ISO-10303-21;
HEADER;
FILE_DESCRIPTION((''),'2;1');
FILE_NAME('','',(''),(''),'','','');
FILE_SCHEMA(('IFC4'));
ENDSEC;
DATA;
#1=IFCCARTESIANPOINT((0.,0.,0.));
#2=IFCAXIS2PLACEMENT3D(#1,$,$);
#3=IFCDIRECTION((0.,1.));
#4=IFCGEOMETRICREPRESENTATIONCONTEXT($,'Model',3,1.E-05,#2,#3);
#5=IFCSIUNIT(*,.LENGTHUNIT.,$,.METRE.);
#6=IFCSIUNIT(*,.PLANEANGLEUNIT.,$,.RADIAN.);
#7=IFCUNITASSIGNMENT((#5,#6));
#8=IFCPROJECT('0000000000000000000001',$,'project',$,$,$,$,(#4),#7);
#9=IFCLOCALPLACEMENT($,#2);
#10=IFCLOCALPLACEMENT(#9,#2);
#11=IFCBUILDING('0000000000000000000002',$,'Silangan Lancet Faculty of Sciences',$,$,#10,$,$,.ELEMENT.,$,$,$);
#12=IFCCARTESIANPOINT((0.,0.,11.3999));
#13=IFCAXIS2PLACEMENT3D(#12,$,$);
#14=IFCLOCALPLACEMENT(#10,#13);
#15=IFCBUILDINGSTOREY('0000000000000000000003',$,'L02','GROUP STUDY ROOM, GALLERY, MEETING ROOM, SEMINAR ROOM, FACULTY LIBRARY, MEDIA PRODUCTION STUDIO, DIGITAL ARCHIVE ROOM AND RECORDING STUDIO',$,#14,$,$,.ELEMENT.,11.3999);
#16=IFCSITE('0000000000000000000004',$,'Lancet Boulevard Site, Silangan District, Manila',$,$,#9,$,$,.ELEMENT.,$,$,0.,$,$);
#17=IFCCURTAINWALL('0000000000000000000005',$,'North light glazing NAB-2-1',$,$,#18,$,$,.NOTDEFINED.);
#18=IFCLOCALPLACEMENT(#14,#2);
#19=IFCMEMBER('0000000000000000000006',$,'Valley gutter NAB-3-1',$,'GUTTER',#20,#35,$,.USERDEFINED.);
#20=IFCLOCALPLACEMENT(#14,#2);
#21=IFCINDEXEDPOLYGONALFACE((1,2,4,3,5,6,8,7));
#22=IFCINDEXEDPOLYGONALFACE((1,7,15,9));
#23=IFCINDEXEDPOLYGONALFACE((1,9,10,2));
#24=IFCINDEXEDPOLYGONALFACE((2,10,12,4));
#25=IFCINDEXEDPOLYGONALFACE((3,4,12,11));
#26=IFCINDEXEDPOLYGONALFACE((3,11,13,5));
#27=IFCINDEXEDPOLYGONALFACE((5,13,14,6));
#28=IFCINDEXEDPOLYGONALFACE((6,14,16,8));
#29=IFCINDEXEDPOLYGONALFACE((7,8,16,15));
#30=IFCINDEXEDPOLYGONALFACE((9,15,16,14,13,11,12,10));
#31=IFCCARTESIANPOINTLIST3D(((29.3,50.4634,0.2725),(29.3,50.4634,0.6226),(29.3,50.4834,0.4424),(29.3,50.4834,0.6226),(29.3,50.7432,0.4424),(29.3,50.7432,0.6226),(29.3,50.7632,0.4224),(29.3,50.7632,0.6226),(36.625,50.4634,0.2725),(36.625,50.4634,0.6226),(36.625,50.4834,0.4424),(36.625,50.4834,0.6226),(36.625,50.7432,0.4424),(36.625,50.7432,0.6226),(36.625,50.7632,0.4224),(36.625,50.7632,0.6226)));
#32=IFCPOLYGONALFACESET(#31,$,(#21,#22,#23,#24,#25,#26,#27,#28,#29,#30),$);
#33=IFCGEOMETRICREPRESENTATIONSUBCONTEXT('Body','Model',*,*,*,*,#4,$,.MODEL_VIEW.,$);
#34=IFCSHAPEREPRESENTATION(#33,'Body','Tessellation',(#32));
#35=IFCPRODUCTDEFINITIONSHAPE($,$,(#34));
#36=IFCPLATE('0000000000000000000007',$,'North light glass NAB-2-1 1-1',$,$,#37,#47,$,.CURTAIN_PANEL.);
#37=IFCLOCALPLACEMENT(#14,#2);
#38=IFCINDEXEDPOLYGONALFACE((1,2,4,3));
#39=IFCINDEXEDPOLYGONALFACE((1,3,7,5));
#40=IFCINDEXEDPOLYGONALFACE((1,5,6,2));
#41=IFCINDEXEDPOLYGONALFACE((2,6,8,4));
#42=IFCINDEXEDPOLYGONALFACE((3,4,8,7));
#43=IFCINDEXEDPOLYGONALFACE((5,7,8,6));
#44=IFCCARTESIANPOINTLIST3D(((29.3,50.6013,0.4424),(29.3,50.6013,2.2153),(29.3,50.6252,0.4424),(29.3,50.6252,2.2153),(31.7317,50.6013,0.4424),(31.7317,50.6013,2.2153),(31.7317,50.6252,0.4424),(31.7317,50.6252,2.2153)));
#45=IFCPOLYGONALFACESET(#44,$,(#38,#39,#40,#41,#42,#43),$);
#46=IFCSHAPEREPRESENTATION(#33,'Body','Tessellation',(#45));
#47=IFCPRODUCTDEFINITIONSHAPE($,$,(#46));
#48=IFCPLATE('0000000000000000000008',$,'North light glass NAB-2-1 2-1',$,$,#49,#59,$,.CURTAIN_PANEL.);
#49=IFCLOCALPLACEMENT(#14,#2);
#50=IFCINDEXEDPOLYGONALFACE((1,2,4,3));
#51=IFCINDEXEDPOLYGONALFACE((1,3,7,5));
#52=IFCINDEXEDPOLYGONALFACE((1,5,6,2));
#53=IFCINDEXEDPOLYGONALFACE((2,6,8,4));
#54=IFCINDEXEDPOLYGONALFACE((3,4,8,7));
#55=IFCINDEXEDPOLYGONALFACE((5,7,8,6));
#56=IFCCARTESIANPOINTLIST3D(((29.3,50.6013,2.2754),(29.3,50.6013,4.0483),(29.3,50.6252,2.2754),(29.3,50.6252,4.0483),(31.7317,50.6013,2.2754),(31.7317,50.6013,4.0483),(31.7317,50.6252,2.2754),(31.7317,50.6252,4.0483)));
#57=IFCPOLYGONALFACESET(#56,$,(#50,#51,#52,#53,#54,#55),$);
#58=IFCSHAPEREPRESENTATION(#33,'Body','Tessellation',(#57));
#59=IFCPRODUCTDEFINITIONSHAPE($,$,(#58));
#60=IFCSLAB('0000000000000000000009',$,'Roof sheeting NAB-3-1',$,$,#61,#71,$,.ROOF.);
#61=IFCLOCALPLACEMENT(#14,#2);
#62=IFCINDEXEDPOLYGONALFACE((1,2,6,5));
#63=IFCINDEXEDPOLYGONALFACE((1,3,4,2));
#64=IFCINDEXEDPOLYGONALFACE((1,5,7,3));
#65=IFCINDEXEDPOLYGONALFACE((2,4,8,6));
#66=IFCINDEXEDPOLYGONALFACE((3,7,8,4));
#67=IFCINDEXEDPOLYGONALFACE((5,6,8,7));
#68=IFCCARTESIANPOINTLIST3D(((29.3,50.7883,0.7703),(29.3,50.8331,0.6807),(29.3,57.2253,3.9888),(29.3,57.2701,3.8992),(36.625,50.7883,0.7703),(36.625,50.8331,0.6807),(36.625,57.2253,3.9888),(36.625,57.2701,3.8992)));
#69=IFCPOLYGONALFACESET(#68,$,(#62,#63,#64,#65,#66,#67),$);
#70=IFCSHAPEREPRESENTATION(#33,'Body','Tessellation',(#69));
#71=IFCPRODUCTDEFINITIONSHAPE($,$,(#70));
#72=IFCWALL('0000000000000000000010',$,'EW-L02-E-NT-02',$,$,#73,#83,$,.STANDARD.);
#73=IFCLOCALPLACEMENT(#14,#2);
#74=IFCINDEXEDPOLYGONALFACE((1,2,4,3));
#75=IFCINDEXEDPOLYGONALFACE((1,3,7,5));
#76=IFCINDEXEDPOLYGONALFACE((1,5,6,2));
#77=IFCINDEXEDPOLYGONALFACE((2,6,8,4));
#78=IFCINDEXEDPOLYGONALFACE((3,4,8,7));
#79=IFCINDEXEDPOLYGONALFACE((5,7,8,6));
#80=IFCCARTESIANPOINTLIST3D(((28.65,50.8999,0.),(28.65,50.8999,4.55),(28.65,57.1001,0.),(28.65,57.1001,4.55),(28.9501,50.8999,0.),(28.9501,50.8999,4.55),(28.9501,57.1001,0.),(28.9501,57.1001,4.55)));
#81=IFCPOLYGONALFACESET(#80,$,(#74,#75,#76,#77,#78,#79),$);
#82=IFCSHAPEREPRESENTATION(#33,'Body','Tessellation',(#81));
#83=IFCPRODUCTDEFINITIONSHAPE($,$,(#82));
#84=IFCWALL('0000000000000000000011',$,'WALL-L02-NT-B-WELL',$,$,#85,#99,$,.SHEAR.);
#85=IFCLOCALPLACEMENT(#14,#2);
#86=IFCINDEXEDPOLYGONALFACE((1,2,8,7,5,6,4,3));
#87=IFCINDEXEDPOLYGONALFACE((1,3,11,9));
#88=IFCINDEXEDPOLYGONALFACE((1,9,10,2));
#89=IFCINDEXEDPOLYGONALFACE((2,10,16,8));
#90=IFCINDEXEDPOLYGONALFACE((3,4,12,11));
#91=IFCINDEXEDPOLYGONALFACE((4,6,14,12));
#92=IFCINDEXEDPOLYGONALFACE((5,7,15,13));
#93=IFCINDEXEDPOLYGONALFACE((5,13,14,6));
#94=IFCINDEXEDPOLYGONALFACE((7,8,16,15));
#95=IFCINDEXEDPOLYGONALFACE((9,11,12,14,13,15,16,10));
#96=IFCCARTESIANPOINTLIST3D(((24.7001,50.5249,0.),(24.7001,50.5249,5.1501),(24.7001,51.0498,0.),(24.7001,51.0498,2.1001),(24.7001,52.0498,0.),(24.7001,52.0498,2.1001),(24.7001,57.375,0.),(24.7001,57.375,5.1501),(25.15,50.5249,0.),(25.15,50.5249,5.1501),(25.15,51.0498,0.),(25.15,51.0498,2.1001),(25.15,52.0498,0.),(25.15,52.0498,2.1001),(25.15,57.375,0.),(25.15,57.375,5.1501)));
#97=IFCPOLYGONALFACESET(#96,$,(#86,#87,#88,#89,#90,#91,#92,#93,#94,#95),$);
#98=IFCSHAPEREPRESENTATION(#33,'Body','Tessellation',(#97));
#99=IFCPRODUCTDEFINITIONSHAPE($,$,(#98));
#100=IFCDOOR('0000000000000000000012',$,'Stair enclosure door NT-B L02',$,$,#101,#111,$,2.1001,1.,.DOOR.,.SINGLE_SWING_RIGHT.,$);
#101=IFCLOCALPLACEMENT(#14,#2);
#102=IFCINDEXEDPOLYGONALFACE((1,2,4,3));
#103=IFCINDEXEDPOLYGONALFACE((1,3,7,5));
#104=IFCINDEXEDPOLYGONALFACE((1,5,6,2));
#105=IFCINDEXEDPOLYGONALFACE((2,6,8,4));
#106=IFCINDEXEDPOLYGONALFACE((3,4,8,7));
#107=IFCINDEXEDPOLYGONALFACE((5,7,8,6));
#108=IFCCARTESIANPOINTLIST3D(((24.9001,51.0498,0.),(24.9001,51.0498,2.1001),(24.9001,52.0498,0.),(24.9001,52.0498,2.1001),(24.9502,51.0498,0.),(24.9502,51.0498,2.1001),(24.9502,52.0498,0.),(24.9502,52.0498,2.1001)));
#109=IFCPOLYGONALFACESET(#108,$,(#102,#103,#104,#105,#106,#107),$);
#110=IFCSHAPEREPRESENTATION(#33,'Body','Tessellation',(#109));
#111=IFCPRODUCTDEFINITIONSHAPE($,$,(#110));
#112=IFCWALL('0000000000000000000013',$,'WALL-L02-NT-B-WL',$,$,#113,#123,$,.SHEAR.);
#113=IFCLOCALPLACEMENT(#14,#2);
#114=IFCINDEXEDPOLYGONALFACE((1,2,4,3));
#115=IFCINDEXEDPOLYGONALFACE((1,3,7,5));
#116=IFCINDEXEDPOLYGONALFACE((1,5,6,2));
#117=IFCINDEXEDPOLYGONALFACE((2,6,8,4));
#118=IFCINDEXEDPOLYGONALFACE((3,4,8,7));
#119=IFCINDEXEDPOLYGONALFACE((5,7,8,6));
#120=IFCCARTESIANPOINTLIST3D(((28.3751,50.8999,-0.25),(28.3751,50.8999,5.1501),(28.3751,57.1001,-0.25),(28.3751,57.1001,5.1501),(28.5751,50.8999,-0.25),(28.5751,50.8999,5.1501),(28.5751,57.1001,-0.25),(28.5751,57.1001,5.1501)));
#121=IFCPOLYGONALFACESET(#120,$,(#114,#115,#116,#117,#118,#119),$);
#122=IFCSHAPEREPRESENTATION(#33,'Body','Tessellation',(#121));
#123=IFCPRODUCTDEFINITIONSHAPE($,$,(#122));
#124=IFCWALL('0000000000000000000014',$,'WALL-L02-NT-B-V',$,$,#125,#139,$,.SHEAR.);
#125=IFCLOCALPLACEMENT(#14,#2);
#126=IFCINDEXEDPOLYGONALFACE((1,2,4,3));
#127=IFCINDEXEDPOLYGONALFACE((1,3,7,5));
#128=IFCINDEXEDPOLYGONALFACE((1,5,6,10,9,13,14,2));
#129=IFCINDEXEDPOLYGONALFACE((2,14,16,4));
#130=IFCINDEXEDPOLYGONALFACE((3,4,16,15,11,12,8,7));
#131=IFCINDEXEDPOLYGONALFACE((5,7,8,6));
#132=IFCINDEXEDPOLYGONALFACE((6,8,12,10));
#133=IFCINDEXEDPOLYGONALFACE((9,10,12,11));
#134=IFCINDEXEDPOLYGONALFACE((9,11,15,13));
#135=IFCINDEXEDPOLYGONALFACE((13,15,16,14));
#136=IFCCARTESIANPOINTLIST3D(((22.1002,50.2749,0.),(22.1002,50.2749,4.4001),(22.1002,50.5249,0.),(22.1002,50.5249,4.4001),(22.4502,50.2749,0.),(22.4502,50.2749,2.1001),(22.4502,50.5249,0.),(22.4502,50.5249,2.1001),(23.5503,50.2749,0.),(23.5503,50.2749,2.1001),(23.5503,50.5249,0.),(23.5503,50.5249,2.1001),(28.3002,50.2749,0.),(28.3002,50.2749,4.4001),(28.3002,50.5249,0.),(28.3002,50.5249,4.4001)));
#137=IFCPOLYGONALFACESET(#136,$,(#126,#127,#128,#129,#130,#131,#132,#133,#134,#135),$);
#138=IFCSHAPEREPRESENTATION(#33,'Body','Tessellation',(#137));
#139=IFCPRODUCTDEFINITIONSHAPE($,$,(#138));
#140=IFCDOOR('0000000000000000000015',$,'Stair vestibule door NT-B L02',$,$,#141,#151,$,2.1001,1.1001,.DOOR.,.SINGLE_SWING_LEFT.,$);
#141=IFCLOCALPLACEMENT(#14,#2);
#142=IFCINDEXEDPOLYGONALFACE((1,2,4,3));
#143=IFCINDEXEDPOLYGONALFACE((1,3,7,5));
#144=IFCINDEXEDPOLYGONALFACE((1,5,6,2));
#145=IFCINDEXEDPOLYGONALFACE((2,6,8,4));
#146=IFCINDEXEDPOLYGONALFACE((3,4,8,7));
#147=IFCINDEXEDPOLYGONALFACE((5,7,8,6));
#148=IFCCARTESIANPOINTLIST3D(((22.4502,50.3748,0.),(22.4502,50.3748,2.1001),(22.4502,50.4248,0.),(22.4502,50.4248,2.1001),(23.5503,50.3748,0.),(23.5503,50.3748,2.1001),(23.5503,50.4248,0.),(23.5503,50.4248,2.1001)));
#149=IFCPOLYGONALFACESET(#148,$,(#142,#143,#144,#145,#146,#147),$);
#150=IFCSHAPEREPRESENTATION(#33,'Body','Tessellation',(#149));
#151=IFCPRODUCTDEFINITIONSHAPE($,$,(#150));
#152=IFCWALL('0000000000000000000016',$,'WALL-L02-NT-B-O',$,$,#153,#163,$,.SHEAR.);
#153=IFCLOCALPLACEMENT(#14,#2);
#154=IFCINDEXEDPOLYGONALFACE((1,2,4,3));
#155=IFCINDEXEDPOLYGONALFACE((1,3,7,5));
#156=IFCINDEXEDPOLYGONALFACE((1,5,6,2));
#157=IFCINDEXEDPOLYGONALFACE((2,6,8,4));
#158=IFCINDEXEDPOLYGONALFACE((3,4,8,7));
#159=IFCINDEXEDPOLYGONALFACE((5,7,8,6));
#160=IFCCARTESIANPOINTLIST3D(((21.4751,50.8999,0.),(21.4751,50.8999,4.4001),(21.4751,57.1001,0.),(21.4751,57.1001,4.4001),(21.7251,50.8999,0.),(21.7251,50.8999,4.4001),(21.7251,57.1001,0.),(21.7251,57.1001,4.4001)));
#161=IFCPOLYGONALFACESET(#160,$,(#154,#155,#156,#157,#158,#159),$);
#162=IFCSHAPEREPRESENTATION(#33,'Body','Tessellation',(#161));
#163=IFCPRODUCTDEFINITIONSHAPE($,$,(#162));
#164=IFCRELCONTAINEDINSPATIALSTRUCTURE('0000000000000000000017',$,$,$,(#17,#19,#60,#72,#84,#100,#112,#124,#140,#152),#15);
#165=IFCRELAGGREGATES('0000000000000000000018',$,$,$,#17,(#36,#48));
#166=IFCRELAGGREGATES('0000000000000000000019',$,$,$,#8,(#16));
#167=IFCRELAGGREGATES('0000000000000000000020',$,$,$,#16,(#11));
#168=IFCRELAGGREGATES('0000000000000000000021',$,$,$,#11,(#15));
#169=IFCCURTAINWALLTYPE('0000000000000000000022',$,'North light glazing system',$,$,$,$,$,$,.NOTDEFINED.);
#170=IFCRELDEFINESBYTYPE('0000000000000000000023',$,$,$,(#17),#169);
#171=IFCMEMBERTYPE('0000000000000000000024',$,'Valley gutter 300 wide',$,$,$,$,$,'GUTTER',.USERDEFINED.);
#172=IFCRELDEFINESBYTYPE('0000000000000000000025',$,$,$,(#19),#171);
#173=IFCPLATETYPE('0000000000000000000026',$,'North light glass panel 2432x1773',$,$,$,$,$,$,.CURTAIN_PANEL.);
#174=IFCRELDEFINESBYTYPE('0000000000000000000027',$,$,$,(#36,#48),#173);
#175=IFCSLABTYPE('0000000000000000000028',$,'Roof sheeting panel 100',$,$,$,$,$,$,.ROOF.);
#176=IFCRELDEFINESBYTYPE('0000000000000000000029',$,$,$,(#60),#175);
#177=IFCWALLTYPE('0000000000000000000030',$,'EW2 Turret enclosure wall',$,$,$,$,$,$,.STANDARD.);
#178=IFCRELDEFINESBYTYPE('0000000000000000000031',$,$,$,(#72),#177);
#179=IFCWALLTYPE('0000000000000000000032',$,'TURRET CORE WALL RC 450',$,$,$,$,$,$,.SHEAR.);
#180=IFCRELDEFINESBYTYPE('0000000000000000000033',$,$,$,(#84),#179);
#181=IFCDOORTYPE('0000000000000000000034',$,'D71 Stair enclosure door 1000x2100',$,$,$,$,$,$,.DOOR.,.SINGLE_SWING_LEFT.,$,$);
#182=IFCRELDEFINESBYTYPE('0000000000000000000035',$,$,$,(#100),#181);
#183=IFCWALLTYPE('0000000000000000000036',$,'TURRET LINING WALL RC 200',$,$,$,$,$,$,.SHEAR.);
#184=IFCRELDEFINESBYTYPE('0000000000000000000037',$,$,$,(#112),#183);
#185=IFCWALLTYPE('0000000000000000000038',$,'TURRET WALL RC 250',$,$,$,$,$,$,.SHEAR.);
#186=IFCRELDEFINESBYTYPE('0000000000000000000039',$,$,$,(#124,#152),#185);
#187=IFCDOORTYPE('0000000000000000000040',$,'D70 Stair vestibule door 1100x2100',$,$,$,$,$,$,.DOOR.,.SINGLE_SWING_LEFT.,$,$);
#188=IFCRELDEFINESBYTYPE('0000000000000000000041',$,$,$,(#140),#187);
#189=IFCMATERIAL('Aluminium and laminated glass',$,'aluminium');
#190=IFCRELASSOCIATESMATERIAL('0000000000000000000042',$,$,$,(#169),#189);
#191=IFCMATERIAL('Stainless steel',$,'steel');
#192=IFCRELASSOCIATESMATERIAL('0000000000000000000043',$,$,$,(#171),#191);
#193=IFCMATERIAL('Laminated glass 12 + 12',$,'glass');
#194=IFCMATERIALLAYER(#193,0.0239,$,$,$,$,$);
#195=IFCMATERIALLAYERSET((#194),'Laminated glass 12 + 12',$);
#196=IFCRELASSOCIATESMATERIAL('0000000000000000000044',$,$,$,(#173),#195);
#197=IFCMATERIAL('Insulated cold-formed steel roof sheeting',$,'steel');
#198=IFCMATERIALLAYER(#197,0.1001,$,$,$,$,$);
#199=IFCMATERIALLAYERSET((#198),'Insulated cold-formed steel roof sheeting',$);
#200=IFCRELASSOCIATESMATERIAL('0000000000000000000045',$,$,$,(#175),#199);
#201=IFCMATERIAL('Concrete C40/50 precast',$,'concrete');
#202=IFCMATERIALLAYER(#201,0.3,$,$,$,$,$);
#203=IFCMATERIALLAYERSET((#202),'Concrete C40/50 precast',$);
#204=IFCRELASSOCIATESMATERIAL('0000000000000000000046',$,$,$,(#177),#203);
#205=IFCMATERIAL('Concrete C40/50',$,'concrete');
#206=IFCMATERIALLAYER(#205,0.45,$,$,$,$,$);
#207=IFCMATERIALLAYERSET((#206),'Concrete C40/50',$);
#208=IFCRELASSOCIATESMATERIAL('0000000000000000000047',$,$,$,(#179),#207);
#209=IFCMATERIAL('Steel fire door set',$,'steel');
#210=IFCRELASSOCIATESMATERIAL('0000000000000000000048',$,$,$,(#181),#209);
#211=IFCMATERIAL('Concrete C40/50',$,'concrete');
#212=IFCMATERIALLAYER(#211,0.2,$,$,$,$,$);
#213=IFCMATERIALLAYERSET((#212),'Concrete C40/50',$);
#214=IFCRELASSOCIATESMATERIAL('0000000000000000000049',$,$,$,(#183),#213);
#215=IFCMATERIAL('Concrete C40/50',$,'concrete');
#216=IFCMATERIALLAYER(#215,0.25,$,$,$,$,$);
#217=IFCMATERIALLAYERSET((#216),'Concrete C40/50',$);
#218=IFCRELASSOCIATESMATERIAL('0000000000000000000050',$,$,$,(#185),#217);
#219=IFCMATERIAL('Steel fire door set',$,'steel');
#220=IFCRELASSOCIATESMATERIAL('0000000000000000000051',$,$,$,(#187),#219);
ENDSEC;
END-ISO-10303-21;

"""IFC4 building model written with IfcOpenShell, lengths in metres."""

from ifc_helpers import new_model, si_unit, direction, frame, frame_2d, origin, place, context, subcontext, project, spatial, polyline, rectangle, outline, extrude, material, layer, layer_set, material_profile, profile_set, type_object, element, fill, aggregate, save


model = new_model("IFC4")

# Units and contexts
model_context = context("Model", 3, precision=1e-05, world=origin(), true_north=direction((0.0, 1.0)))
body_context = subcontext(model_context, "Body", "Model", "MODEL_VIEW")
ifc_project = project(units=[si_unit("LENGTHUNIT", "METRE"), si_unit("PLANEANGLEUNIT", "RADIAN")], contexts=[model_context])

# Site, building, storey
site_placement = place(None, origin())
site = spatial("IfcSite", under=ifc_project, at=site_placement, Name="Lancet Boulevard Site, Silangan District, Manila", CompositionType="ELEMENT", RefElevation=0.0)
building_placement = place(site_placement, origin())
building = spatial("IfcBuilding", under=site, at=building_placement, Name="Silangan Lancet Faculty of Sciences", CompositionType="ELEMENT")
storey_placement = place(building_placement, frame((0.0, 0.0, 11.3999)))
storey = spatial("IfcBuildingStorey", under=building, at=storey_placement, Name="L02", Description="GROUP STUDY ROOM, GALLERY, MEETING ROOM, SEMINAR ROOM, FACULTY LIBRARY, MEDIA PRODUCTION STUDIO, DIGITAL ARCHIVE ROOM AND RECORDING STUDIO", CompositionType="ELEMENT", Elevation=11.3999)

# Curtain wall
ifc_material_1 = material(Name="Aluminium and laminated glass", Category="aluminium")
curtain_wall_type = type_object("IfcCurtainWallType", Name="North light glazing system", PredefinedType="NOTDEFINED", material=ifc_material_1)
curtain_wall_placement = place(storey_placement, origin())
curtain_wall = element("IfcCurtainWall", 1, at=curtain_wall_placement, inside=storey, type_object=curtain_wall_type, Name="North light glazing NAB-2-1", PredefinedType="NOTDEFINED")

# Member
ifc_material_2 = material(Name="Stainless steel", Category="steel")
ifc_material_profile_1 = material_profile(ifc_material_2, outline(polyline([(-0.1499, 0.0), (0.1499, 0.1499), (0.1499, 0.3501), (0.1299, 0.3501), (0.1299, 0.1699), (-0.1299, 0.1699), (-0.1299, 0.3501), (-0.1499, 0.3501), (-0.1499, 0.0)])), Name="valley gutter")
ifc_profile_set_1 = profile_set([ifc_material_profile_1], Name="Stainless steel")
member_type_1 = type_object("IfcMemberType", Name="Valley gutter 300 wide", ElementType="GUTTER", PredefinedType="USERDEFINED", material=ifc_profile_set_1)
member_1_placement = place(storey_placement, frame((29.3, 50.6133, 0.2725), z_axis=(1.0, 0.0, 0.0), x_axis=(0.0, 1.0, 0.0)))
element("IfcMember", 2, at=member_1_placement, inside=storey, type_object=member_type_1, Name="Valley gutter NAB-3-1", ObjectType="GUTTER", PredefinedType="USERDEFINED", context=body_context, shape_type="SweptSolid", body=[
    extrude(outline(polyline([(-0.1499, 0.0), (0.1499, 0.1499), (0.1499, 0.3501), (0.1299, 0.3501), (0.1299, 0.1699), (-0.1299, 0.1699), (-0.1299, 0.3501), (-0.1499, 0.3501), (-0.1499, 0.0)])), origin(), (0.0, 0.0, 1.0), 7.325),
])

# Plates
ifc_material_3 = material(Name="Laminated glass 12 + 12", Category="glass")
ifc_layer_1 = layer(ifc_material_3, 0.0239)
ifc_layer_set_1 = layer_set([ifc_layer_1], Name="Laminated glass 12 + 12")
plate_type = type_object("IfcPlateType", Name="North light glass panel 2432x1773", PredefinedType="CURTAIN_PANEL", material=ifc_layer_set_1)
plate_1_placement = place(storey_placement, frame((29.3, 50.6013, 0.4424), z_axis=(0.0, -1.0, 0.0), x_axis=(1.0, 0.0, 0.0)))
plate_1 = element("IfcPlate", 3, at=plate_1_placement, type_object=plate_type, Name="North light glass NAB-2-1 1-1", PredefinedType="CURTAIN_PANEL", context=body_context, shape_type="SweptSolid", body=[
    extrude(outline(polyline([(0.0, 0.0), (2.4316, 0.0), (2.4316, 1.7729), (0.0, 1.7729), (0.0, 0.0)])), origin(), (0.0, 0.0, -1.0), 0.0239),
])
plate_2_placement = place(storey_placement, frame((29.3, 50.6013, 2.2754), z_axis=(0.0, -1.0, 0.0), x_axis=(1.0, 0.0, 0.0)))
plate_2 = element("IfcPlate", 4, at=plate_2_placement, type_object=plate_type, Name="North light glass NAB-2-1 2-1", PredefinedType="CURTAIN_PANEL", context=body_context, shape_type="SweptSolid", body=[
    extrude(outline(polyline([(0.0, 0.0), (2.4316, 0.0), (2.4316, 1.7729), (0.0, 1.7729), (0.0, 0.0)])), origin(), (0.0, 0.0, -1.0), 0.0239),
])
aggregate(curtain_wall, [plate_1, plate_2])

# Slab
ifc_material_4 = material(Name="Insulated cold-formed steel roof sheeting", Category="steel")
ifc_layer_2 = layer(ifc_material_4, 0.1001)
ifc_layer_set_2 = layer_set([ifc_layer_2], Name="Insulated cold-formed steel roof sheeting")
slab_type = type_object("IfcSlabType", Name="Roof sheeting panel 100", PredefinedType="ROOF", material=ifc_layer_set_2)
slab_placement = place(storey_placement, frame((29.3, 50.7883, 0.7703), z_axis=(0.0, -0.447214, 0.894427), x_axis=(1.0, 0.0, 0.0)))
element("IfcSlab", 5, at=slab_placement, inside=storey, type_object=slab_type, Name="Roof sheeting NAB-3-1", PredefinedType="ROOF", context=body_context, shape_type="SweptSolid", body=[
    extrude(outline(polyline([(0.0, 0.0), (7.325, 0.0), (7.325, 7.1968), (0.0, 7.1968), (0.0, 0.0)])), origin(), (0.0, 0.0, -1.0), 0.1001),
])

# Wall
ifc_material_5 = material(Name="Concrete C40/50 precast", Category="concrete")
ifc_layer_3 = layer(ifc_material_5, 0.3)
ifc_layer_set_3 = layer_set([ifc_layer_3], Name="Concrete C40/50 precast")
wall_type_1 = type_object("IfcWallType", Name="EW2 Turret enclosure wall", PredefinedType="STANDARD", material=ifc_layer_set_3)
wall_1_placement = place(storey_placement, frame((28.8, 50.8999, 0.0), z_axis=(0.0, 0.0, 1.0), x_axis=(0.0, 1.0, 0.0)))
element("IfcWall", 6, at=wall_1_placement, inside=storey, type_object=wall_type_1, Name="EW-L02-E-NT-02", PredefinedType="STANDARD", context=body_context, shape_type="SweptSolid", body=[
    extrude(rectangle(XDim=6.2002, YDim=0.3, at=frame_2d((3.1001, 0.0))), origin(), (0.0, 0.0, 1.0), 4.55),
])

# Wall, opening, door
ifc_material_6 = material(Name="Concrete C40/50", Category="concrete")
ifc_layer_4 = layer(ifc_material_6, 0.45)
ifc_layer_set_4 = layer_set([ifc_layer_4], Name="Concrete C40/50")
wall_type_2 = type_object("IfcWallType", Name="TURRET CORE WALL RC 450", PredefinedType="SHEAR", material=ifc_layer_set_4)
wall_2_placement = place(storey_placement, frame((24.925, 50.5249, 0.0), z_axis=(0.0, 0.0, 1.0), x_axis=(0.0, 1.0, 0.0)))
wall_2 = element("IfcWall", 7, at=wall_2_placement, inside=storey, type_object=wall_type_2, Name="WALL-L02-NT-B-WELL", PredefinedType="SHEAR", context=body_context, shape_type="SweptSolid", body=[
    extrude(rectangle(XDim=6.8501, YDim=0.45, at=frame_2d((3.425, 0.0))), origin(), (0.0, 0.0, 1.0), 5.1501),
])
opening_1_placement = place(wall_2_placement, frame((0.5249, 0.0, 0.0)))
opening_1 = element("IfcOpeningElement", 8, at=opening_1_placement, cuts=wall_2, PredefinedType="OPENING", context=body_context, shape_type="SweptSolid", body=[
    extrude(rectangle(XDim=1.0, YDim=2.1001, at=frame_2d((0.5, 1.05))), frame((0.0, 0.2349, 0.0), z_axis=(0.0, -1.0, 0.0), x_axis=(1.0, 0.0, 0.0)), (0.0, 0.0, 1.0), 0.47),
])
ifc_material_7 = material(Name="Steel fire door set", Category="steel")
door_type_1 = type_object("IfcDoorType", Name="D71 Stair enclosure door 1000x2100", OperationType="SINGLE_SWING_LEFT", PredefinedType="DOOR", material=ifc_material_7)
door_1_placement = place(opening_1_placement, frame((1.0, 0.0, 0.0), z_axis=(0.0, 0.0, 1.0), x_axis=(-1.0, 0.0, 0.0)))
door_1 = element("IfcDoor", 9, at=door_1_placement, inside=storey, type_object=door_type_1, Name="Stair enclosure door NT-B L02", OperationType="SINGLE_SWING_RIGHT", OverallHeight=2.1001, OverallWidth=1.0, PredefinedType="DOOR", context=body_context, shape_type="SweptSolid", body=[
    extrude(rectangle(XDim=1.0, YDim=2.1001, at=frame_2d((0.5, 1.05))), frame((0.0, 0.0251, 0.0), z_axis=(0.0, -1.0, 0.0), x_axis=(1.0, 0.0, 0.0)), (0.0, 0.0, 1.0), 0.05),
])
fill(opening_1, door_1)

# Wall
ifc_material_8 = material(Name="Concrete C40/50", Category="concrete")
ifc_layer_5 = layer(ifc_material_8, 0.2)
ifc_layer_set_5 = layer_set([ifc_layer_5], Name="Concrete C40/50")
wall_type_3 = type_object("IfcWallType", Name="TURRET LINING WALL RC 200", PredefinedType="SHEAR", material=ifc_layer_set_5)
wall_3_placement = place(storey_placement, frame((28.4751, 50.8999, -0.25), z_axis=(0.0, 0.0, 1.0), x_axis=(0.0, 1.0, 0.0)))
element("IfcWall", 10, at=wall_3_placement, inside=storey, type_object=wall_type_3, Name="WALL-L02-NT-B-WL", PredefinedType="SHEAR", context=body_context, shape_type="SweptSolid", body=[
    extrude(rectangle(XDim=6.2002, YDim=0.2, at=frame_2d((3.1001, 0.0))), origin(), (0.0, 0.0, 1.0), 5.4001),
])

# Wall, opening, door
ifc_material_9 = material(Name="Concrete C40/50", Category="concrete")
ifc_layer_6 = layer(ifc_material_9, 0.25)
ifc_layer_set_6 = layer_set([ifc_layer_6], Name="Concrete C40/50")
wall_type_4 = type_object("IfcWallType", Name="TURRET WALL RC 250", PredefinedType="SHEAR", material=ifc_layer_set_6)
wall_4_placement = place(storey_placement, frame((22.1001, 50.3999, 0.0), z_axis=(0.0, 0.0, 1.0), x_axis=(1.0, 0.0, 0.0)))
wall_4 = element("IfcWall", 11, at=wall_4_placement, inside=storey, type_object=wall_type_4, Name="WALL-L02-NT-B-V", PredefinedType="SHEAR", context=body_context, shape_type="SweptSolid", body=[
    extrude(rectangle(XDim=6.2, YDim=0.25, at=frame_2d((3.1001, 0.0))), origin(), (0.0, 0.0, 1.0), 4.4001),
])
opening_2_placement = place(wall_4_placement, frame((0.3501, 0.0, 0.0)))
opening_2 = element("IfcOpeningElement", 12, at=opening_2_placement, cuts=wall_4, PredefinedType="OPENING", context=body_context, shape_type="SweptSolid", body=[
    extrude(rectangle(XDim=1.1001, YDim=2.1001, at=frame_2d((0.55, 1.05))), frame((0.0, 0.135, 0.0), z_axis=(0.0, -1.0, 0.0), x_axis=(1.0, 0.0, 0.0)), (0.0, 0.0, 1.0), 0.27),
])
ifc_material_10 = material(Name="Steel fire door set", Category="steel")
door_type_2 = type_object("IfcDoorType", Name="D70 Stair vestibule door 1100x2100", OperationType="SINGLE_SWING_LEFT", PredefinedType="DOOR", material=ifc_material_10)
door_2_placement = place(opening_2_placement, origin())
door_2 = element("IfcDoor", 13, at=door_2_placement, inside=storey, type_object=door_type_2, Name="Stair vestibule door NT-B L02", OperationType="SINGLE_SWING_LEFT", OverallHeight=2.1001, OverallWidth=1.1001, PredefinedType="DOOR", context=body_context, shape_type="SweptSolid", body=[
    extrude(rectangle(XDim=1.1001, YDim=2.1001, at=frame_2d((0.55, 1.05))), frame((0.0, 0.0249, 0.0), z_axis=(0.0, -1.0, 0.0), x_axis=(1.0, 0.0, 0.0)), (0.0, 0.0, 1.0), 0.05),
])
fill(opening_2, door_2)

# Wall
wall_5_placement = place(storey_placement, frame((21.6001, 50.8999, 0.0), z_axis=(0.0, 0.0, 1.0), x_axis=(0.0, 1.0, 0.0)))
element("IfcWall", 14, at=wall_5_placement, inside=storey, type_object=wall_type_4, Name="WALL-L02-NT-B-O", PredefinedType="SHEAR", context=body_context, shape_type="SweptSolid", body=[
    extrude(rectangle(XDim=6.2002, YDim=0.25, at=frame_2d((3.1001, 0.0))), origin(), (0.0, 0.0, 1.0), 4.4001),
])

save(model, "model.ifc")
